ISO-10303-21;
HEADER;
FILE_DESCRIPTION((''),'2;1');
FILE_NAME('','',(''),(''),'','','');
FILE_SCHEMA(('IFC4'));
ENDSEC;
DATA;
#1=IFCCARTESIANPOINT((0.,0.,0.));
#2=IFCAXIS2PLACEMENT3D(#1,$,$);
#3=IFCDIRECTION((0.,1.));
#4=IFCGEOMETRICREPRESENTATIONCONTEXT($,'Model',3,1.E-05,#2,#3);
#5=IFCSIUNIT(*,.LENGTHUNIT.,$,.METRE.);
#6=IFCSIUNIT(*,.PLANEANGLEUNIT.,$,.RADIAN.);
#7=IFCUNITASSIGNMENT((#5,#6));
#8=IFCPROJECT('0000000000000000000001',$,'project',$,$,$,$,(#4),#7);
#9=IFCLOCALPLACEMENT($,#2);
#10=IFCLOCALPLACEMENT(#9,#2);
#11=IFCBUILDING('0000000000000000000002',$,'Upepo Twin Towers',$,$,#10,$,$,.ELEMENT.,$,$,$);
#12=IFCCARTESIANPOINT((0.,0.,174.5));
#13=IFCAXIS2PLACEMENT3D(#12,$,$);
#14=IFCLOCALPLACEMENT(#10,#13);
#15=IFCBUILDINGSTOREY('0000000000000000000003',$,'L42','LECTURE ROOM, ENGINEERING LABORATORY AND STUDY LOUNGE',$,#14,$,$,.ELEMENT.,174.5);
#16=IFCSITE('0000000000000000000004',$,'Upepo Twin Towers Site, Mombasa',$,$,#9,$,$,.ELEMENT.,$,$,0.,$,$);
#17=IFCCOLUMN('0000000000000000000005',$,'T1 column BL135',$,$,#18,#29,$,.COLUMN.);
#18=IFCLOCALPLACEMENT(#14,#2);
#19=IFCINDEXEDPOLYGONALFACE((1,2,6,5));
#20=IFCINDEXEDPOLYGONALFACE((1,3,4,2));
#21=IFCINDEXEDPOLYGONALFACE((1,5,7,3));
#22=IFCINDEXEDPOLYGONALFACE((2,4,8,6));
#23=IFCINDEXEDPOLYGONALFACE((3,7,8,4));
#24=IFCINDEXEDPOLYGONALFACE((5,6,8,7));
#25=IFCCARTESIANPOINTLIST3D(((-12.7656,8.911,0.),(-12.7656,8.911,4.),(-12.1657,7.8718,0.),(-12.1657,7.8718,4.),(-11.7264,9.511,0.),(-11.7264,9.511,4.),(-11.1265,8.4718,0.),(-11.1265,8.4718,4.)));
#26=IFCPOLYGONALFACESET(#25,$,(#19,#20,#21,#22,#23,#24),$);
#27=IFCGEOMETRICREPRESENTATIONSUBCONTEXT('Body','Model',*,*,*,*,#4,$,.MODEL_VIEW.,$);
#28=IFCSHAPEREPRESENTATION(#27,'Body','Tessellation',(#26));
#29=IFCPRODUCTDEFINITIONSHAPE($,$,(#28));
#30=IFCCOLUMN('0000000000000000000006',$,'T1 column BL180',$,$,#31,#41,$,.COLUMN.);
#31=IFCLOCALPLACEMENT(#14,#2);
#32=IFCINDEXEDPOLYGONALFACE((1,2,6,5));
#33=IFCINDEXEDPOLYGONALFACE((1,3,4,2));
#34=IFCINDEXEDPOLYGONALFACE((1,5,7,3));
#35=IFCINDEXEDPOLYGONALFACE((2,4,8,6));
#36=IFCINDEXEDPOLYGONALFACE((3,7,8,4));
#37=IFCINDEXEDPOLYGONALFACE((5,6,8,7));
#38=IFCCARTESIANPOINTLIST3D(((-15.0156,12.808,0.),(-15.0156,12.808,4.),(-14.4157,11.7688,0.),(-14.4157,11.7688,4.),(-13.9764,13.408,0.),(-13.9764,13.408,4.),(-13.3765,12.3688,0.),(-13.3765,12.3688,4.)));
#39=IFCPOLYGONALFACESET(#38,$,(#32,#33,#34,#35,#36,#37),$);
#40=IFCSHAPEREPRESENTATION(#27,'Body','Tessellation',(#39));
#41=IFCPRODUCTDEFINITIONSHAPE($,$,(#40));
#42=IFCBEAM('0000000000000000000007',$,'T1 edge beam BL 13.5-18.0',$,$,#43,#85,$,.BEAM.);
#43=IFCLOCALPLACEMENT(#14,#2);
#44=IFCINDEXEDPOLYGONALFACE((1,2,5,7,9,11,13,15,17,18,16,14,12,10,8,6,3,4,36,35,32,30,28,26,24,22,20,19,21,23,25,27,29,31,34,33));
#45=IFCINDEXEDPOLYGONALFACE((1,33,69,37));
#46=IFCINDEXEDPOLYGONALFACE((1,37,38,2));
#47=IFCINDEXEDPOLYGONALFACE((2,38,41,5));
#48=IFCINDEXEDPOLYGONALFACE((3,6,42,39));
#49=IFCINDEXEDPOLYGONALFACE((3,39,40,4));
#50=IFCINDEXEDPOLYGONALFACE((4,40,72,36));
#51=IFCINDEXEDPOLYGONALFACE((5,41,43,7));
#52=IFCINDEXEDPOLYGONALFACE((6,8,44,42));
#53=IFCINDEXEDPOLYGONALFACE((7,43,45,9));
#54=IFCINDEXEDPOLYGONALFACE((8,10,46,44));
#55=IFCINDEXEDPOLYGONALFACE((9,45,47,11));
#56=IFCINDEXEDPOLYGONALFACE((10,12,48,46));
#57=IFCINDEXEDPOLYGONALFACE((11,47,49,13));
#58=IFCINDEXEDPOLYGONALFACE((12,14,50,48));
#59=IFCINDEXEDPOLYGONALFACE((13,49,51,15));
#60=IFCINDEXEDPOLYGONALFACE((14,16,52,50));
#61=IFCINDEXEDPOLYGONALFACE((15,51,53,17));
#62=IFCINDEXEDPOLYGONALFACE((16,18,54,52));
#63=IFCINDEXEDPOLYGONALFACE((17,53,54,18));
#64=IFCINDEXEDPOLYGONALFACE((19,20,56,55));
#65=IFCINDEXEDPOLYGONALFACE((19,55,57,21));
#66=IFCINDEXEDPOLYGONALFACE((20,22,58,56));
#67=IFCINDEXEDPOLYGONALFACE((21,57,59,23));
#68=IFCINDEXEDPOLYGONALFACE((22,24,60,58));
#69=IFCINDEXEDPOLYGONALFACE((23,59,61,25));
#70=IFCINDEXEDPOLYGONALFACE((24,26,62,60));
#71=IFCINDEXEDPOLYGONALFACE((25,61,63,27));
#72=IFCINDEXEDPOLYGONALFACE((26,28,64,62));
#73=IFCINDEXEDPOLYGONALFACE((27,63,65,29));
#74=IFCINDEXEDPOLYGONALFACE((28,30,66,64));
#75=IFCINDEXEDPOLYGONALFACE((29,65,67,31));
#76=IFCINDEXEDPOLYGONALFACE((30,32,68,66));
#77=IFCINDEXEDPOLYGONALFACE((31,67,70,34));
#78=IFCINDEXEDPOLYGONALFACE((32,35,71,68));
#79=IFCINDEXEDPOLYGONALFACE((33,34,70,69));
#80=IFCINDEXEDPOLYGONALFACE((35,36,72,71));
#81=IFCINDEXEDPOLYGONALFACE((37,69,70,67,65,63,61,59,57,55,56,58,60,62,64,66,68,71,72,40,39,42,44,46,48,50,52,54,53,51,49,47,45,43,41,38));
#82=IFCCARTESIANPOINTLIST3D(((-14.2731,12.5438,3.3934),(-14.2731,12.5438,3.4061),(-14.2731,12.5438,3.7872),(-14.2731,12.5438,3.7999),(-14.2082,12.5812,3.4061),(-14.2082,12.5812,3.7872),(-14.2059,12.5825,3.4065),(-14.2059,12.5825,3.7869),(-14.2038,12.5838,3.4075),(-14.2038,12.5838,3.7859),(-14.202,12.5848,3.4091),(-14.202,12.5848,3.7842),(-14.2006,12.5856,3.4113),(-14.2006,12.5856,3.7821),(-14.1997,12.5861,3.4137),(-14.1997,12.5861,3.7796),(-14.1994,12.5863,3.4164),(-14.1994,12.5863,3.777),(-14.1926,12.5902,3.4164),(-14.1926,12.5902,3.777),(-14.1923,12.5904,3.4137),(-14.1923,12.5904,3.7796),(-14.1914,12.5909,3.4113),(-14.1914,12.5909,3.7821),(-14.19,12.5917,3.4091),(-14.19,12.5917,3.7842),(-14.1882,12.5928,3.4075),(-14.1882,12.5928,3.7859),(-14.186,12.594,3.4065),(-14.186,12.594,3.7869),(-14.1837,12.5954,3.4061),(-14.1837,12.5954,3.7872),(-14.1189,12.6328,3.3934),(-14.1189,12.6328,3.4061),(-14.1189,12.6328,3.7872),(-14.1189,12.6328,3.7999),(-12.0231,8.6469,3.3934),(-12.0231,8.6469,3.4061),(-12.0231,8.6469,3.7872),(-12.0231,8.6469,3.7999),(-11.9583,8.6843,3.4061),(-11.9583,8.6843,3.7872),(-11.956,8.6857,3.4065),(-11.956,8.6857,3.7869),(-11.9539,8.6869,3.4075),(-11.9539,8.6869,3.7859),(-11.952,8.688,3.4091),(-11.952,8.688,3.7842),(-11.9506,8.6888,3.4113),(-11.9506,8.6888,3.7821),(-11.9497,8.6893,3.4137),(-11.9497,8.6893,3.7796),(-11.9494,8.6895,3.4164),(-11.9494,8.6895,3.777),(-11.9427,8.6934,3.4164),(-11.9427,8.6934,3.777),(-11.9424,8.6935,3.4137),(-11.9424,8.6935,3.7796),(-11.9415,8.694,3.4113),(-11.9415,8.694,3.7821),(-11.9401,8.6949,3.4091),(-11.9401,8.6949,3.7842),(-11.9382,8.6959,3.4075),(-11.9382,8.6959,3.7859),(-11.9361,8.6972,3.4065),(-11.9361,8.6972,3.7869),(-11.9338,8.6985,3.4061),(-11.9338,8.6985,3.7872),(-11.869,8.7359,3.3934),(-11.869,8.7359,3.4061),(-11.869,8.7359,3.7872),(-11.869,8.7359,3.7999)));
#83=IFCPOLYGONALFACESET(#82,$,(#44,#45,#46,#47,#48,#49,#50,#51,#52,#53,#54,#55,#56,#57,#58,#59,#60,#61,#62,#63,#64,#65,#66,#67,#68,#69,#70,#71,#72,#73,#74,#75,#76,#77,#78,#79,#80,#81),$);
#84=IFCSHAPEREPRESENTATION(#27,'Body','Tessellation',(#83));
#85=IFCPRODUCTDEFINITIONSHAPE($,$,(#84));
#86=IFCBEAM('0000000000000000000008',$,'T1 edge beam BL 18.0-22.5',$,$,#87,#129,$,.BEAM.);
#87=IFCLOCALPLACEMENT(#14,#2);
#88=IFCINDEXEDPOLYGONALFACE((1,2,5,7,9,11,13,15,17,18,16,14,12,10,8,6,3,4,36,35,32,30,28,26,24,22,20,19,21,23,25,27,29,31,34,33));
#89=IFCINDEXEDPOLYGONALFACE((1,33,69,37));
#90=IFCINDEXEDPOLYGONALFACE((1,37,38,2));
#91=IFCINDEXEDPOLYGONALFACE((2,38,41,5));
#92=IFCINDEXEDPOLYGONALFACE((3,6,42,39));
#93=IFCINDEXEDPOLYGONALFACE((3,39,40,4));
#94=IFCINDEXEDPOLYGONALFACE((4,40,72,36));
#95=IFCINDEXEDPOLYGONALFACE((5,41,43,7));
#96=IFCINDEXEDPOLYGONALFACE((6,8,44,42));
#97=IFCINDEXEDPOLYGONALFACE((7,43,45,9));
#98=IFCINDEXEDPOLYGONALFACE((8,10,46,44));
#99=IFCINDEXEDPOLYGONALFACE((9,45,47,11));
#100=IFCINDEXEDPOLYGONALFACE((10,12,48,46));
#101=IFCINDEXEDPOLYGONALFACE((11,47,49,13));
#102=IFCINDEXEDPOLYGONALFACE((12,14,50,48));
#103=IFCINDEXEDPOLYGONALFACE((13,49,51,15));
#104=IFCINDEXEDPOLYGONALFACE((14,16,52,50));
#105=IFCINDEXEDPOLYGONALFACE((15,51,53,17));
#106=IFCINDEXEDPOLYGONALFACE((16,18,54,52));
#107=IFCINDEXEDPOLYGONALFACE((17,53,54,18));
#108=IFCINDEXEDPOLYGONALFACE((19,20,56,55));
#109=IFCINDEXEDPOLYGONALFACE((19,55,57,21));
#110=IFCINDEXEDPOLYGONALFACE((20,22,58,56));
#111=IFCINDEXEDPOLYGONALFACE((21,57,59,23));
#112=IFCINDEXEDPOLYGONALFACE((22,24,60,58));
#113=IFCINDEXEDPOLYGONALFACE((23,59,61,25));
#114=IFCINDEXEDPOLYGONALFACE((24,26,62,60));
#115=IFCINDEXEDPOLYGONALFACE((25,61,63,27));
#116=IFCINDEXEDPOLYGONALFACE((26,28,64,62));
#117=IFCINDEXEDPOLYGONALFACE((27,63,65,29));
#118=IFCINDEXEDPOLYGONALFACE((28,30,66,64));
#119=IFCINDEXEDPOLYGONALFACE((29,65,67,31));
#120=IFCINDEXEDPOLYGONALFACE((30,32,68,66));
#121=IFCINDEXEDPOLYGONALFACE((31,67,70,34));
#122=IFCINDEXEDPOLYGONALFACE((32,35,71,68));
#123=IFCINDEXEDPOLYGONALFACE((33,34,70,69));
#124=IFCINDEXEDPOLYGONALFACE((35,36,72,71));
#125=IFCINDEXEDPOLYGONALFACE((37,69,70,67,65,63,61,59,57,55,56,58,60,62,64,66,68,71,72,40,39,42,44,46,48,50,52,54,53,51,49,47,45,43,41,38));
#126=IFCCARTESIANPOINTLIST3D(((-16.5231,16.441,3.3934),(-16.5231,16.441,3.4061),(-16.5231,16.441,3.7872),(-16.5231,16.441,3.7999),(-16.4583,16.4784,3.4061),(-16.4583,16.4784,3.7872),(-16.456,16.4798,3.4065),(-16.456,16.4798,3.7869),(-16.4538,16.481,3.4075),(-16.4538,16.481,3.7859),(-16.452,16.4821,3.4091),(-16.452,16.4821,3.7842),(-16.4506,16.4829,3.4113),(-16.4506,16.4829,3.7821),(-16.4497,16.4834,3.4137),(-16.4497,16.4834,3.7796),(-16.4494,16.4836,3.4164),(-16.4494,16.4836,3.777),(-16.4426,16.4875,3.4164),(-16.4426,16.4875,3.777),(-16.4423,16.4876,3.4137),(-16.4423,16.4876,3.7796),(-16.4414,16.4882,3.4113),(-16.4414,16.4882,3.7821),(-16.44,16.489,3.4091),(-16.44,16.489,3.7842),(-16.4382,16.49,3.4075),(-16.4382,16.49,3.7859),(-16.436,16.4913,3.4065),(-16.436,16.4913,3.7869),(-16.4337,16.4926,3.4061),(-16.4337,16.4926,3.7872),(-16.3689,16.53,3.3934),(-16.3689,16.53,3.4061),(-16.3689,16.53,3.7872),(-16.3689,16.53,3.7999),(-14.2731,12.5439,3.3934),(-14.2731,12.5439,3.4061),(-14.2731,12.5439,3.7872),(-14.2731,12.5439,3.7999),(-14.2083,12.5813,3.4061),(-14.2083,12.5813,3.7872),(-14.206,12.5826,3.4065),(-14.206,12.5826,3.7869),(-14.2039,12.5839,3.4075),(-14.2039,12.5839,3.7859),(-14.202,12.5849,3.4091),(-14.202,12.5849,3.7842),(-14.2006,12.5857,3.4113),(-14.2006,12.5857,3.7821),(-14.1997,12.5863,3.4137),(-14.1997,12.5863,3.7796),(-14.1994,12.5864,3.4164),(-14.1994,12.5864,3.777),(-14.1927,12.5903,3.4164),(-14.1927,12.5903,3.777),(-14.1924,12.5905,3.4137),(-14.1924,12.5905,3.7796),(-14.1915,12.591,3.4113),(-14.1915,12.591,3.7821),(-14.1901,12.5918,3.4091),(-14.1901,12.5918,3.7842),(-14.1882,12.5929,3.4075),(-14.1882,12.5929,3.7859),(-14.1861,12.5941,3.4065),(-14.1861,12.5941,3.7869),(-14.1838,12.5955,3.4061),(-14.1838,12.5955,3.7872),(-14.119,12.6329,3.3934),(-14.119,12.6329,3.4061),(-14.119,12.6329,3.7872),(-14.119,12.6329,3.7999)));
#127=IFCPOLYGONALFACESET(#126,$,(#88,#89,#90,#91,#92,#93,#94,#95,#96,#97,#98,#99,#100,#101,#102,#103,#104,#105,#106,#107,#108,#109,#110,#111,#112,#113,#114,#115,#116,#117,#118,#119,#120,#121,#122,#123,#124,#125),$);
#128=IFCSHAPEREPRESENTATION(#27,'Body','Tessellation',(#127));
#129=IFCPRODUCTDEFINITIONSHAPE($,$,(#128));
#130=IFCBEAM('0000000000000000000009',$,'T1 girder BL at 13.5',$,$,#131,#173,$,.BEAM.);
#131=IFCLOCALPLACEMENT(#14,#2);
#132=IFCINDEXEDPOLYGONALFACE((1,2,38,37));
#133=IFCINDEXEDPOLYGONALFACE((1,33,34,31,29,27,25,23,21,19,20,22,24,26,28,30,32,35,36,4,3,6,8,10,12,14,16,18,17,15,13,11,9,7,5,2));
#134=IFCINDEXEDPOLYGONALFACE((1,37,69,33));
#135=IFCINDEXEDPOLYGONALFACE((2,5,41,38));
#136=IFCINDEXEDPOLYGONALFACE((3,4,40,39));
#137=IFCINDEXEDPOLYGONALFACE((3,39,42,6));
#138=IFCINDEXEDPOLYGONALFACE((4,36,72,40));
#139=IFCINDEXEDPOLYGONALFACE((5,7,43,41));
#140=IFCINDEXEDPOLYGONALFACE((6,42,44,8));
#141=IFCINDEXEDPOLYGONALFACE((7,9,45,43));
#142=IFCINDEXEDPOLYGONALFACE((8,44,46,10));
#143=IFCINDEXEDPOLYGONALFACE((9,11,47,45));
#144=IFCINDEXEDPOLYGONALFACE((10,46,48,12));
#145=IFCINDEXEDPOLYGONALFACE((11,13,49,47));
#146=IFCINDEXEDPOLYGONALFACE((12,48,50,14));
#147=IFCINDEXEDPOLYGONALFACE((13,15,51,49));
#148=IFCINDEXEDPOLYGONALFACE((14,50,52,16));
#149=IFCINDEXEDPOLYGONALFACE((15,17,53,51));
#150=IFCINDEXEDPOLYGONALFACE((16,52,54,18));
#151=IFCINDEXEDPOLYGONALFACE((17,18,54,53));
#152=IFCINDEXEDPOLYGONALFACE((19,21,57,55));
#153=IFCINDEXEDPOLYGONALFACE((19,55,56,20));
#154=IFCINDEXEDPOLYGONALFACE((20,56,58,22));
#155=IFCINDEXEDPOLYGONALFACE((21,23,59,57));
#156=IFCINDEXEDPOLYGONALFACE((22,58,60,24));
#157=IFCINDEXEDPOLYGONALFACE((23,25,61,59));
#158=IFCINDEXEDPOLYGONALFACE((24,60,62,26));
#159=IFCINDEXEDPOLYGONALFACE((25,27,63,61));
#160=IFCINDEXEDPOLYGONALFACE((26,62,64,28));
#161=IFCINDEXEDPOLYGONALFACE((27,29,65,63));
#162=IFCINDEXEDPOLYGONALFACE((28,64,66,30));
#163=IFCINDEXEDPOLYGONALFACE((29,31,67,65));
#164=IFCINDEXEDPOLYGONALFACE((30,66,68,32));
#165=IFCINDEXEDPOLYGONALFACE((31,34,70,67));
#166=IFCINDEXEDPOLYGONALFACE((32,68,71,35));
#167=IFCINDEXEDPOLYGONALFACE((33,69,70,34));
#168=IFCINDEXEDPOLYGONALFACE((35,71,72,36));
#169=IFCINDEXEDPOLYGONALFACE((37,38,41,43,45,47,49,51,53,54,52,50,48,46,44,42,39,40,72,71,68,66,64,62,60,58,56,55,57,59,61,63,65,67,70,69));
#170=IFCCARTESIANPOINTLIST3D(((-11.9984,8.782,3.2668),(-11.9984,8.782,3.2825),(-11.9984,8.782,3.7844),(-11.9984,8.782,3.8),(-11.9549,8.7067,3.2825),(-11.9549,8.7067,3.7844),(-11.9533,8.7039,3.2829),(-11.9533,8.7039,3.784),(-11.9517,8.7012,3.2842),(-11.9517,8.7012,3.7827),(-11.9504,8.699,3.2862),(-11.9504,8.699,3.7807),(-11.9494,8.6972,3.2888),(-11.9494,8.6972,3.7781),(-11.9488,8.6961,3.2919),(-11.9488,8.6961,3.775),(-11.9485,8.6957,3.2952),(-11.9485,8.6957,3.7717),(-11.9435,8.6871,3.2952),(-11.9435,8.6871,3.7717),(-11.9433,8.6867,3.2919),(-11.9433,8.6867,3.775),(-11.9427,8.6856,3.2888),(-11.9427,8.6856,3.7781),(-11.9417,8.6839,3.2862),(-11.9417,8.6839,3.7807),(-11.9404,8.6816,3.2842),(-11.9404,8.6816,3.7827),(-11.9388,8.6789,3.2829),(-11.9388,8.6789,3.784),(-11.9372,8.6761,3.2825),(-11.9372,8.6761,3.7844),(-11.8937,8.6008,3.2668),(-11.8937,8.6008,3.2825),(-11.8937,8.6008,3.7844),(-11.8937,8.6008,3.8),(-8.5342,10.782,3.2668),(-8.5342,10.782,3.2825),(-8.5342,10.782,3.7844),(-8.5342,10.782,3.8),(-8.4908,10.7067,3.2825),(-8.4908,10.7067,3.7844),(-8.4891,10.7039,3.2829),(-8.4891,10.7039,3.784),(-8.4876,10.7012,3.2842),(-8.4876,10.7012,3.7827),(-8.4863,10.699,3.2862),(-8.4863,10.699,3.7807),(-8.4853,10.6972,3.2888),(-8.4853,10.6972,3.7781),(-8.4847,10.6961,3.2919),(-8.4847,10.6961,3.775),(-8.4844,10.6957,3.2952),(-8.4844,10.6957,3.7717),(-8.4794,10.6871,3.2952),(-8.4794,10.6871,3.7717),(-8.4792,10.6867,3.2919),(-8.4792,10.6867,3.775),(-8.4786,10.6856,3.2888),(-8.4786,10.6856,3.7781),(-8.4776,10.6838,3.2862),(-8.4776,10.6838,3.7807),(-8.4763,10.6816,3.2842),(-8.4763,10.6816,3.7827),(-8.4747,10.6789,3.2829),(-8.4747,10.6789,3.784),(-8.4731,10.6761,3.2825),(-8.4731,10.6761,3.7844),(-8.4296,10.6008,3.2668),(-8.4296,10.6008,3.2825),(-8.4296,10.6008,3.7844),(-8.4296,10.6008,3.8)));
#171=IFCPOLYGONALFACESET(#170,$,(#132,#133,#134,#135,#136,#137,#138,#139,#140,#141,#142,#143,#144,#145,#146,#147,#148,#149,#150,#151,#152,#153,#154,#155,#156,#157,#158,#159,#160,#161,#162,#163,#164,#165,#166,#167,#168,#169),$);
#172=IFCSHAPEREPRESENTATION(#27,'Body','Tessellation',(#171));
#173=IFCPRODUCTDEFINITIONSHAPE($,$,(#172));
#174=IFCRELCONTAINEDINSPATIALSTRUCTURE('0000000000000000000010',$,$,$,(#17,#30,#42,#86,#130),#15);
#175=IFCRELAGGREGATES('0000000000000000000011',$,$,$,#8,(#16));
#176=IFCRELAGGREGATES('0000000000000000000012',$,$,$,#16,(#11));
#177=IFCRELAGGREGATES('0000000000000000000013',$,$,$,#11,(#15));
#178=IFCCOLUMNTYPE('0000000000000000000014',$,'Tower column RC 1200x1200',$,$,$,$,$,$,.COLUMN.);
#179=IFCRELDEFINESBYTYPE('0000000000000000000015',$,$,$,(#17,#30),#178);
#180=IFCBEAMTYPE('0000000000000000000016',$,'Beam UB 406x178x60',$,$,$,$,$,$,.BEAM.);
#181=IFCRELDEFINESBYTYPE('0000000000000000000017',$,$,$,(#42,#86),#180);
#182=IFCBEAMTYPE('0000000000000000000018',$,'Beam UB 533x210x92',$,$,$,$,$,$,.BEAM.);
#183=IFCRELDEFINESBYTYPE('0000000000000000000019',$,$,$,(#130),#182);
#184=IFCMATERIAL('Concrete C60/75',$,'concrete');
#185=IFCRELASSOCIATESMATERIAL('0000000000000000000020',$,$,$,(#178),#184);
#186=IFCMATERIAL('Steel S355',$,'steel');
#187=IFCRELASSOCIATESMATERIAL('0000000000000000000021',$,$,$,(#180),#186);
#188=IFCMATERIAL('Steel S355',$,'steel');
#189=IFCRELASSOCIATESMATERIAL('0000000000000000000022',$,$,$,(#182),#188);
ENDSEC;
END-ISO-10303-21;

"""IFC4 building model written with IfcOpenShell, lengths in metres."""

from ifc_helpers import new_model, si_unit, direction, frame, origin, origin_2d, place, context, subcontext, project, spatial, rectangle, i_section, extrude, material, material_profile, profile_set, type_object, element, save


model = new_model("IFC4")

# Units and contexts
model_context = context("Model", 3, precision=1e-05, world=origin(), true_north=direction((0.0, 1.0)))
body_context = subcontext(model_context, "Body", "Model", "MODEL_VIEW")
ifc_project = project(units=[si_unit("LENGTHUNIT", "METRE"), si_unit("PLANEANGLEUNIT", "RADIAN")], contexts=[model_context])

# Site, building, storey
site_placement = place(None, origin())
site = spatial("IfcSite", under=ifc_project, at=site_placement, Name="Upepo Twin Towers Site, Mombasa", CompositionType="ELEMENT", RefElevation=0.0)
building_placement = place(site_placement, origin())
building = spatial("IfcBuilding", under=site, at=building_placement, Name="Upepo Twin Towers", CompositionType="ELEMENT")
storey_placement = place(building_placement, frame((0.0, 0.0, 174.5)))
storey = spatial("IfcBuildingStorey", under=building, at=storey_placement, Name="L42", Description="LECTURE ROOM, ENGINEERING LABORATORY AND STUDY LOUNGE", CompositionType="ELEMENT", Elevation=174.5)

# Columns
ifc_material_1 = material(Name="Concrete C60/75", Category="concrete")
ifc_material_profile_1 = material_profile(ifc_material_1, rectangle(XDim=1.2, YDim=1.2, at=origin_2d()), Name="RC 1200x1200")
ifc_profile_set_1 = profile_set([ifc_material_profile_1], Name="Concrete C60/75")
column_type = type_object("IfcColumnType", Name="Tower column RC 1200x1200", PredefinedType="COLUMN", material=ifc_profile_set_1)
for number, where, z_axis, x_axis, name in (
    (1, (-11.946, 8.6914, 0.0), (0.0, 0.0, 1.0), (0.866025, 0.5, 0.0), "T1 column BL135"),
    (2, (-14.196, 12.5884, 0.0), (0.0, 0.0, 1.0), (0.866025, 0.5, 0.0), "T1 column BL180"),
):
    element("IfcColumn", number, at=place(storey_placement, frame(where, z_axis=z_axis, x_axis=x_axis)), inside=storey, type_object=column_type, Name=name, PredefinedType="COLUMN", context=body_context, shape_type="SweptSolid", body=[
        extrude(rectangle(XDim=1.2, YDim=1.2, at=origin_2d()), origin(), (0.0, 0.0, 1.0), 4.0),
    ])

# Beams
ifc_material_2 = material(Name="Steel S355", Category="steel")
ifc_material_profile_2 = material_profile(ifc_material_2, i_section(OverallWidth=0.178, OverallDepth=0.4065, WebThickness=0.0078, FlangeThickness=0.0127, FilletRadius=0.0103, at=origin_2d()), Name="UB 406x178x60")
ifc_profile_set_2 = profile_set([ifc_material_profile_2], Name="Steel S355")
beam_type_1 = type_object("IfcBeamType", Name="Beam UB 406x178x60", PredefinedType="BEAM", material=ifc_profile_set_2)
beam_1_placement = place(storey_placement, frame((-11.946, 8.6914, 3.5967), z_axis=(-0.500014, 0.866018, 0.0), x_axis=(-0.866018, -0.500014, 0.0)))
element("IfcBeam", 3, at=beam_1_placement, inside=storey, type_object=beam_type_1, Name="T1 edge beam BL 13.5-18.0", PredefinedType="BEAM", context=body_context, shape_type="SweptSolid", body=[
    extrude(i_section(OverallWidth=0.178, OverallDepth=0.4065, WebThickness=0.0078, FlangeThickness=0.0127, FilletRadius=0.0103, at=origin_2d()), origin(), (0.0, 0.0, 1.0), 4.4998),
])
beam_2_placement = place(storey_placement, frame((-14.196, 12.5884, 3.5967), z_axis=(-0.49999, 0.866031, 0.0), x_axis=(-0.866031, -0.49999, 0.0)))
element("IfcBeam", 4, at=beam_2_placement, inside=storey, type_object=beam_type_1, Name="T1 edge beam BL 18.0-22.5", PredefinedType="BEAM", context=body_context, shape_type="SweptSolid", body=[
    extrude(i_section(OverallWidth=0.178, OverallDepth=0.4065, WebThickness=0.0078, FlangeThickness=0.0127, FilletRadius=0.0103, at=origin_2d()), origin(), (0.0, 0.0, 1.0), 4.5),
])
ifc_material_3 = material(Name="Steel S355", Category="steel")
ifc_material_profile_3 = material_profile(ifc_material_3, i_section(OverallWidth=0.2092, OverallDepth=0.5332, WebThickness=0.01, FlangeThickness=0.0156, FilletRadius=0.0127, at=origin_2d()), Name="UB 533x210x92")
ifc_profile_set_3 = profile_set([ifc_material_profile_3], Name="Steel S355")
beam_type_2 = type_object("IfcBeamType", Name="Beam UB 533x210x92", PredefinedType="BEAM", material=ifc_profile_set_3)
for number, where, z_axis, x_axis, name in (
    (5, (-11.946, 8.6914, 3.5334), (0.866026, 0.499999, 0.0), (-0.499999, 0.866026, 0.0), "T1 girder BL at 13.5"),
):
    element("IfcBeam", number, at=place(storey_placement, frame(where, z_axis=z_axis, x_axis=x_axis)), inside=storey, type_object=beam_type_2, Name=name, PredefinedType="BEAM", context=body_context, shape_type="SweptSolid", body=[
        extrude(i_section(OverallWidth=0.2092, OverallDepth=0.5332, WebThickness=0.01, FlangeThickness=0.0156, FilletRadius=0.0127, at=origin_2d()), origin(), (0.0, 0.0, 1.0), 4.0),
    ])

save(model, "model.ifc")
